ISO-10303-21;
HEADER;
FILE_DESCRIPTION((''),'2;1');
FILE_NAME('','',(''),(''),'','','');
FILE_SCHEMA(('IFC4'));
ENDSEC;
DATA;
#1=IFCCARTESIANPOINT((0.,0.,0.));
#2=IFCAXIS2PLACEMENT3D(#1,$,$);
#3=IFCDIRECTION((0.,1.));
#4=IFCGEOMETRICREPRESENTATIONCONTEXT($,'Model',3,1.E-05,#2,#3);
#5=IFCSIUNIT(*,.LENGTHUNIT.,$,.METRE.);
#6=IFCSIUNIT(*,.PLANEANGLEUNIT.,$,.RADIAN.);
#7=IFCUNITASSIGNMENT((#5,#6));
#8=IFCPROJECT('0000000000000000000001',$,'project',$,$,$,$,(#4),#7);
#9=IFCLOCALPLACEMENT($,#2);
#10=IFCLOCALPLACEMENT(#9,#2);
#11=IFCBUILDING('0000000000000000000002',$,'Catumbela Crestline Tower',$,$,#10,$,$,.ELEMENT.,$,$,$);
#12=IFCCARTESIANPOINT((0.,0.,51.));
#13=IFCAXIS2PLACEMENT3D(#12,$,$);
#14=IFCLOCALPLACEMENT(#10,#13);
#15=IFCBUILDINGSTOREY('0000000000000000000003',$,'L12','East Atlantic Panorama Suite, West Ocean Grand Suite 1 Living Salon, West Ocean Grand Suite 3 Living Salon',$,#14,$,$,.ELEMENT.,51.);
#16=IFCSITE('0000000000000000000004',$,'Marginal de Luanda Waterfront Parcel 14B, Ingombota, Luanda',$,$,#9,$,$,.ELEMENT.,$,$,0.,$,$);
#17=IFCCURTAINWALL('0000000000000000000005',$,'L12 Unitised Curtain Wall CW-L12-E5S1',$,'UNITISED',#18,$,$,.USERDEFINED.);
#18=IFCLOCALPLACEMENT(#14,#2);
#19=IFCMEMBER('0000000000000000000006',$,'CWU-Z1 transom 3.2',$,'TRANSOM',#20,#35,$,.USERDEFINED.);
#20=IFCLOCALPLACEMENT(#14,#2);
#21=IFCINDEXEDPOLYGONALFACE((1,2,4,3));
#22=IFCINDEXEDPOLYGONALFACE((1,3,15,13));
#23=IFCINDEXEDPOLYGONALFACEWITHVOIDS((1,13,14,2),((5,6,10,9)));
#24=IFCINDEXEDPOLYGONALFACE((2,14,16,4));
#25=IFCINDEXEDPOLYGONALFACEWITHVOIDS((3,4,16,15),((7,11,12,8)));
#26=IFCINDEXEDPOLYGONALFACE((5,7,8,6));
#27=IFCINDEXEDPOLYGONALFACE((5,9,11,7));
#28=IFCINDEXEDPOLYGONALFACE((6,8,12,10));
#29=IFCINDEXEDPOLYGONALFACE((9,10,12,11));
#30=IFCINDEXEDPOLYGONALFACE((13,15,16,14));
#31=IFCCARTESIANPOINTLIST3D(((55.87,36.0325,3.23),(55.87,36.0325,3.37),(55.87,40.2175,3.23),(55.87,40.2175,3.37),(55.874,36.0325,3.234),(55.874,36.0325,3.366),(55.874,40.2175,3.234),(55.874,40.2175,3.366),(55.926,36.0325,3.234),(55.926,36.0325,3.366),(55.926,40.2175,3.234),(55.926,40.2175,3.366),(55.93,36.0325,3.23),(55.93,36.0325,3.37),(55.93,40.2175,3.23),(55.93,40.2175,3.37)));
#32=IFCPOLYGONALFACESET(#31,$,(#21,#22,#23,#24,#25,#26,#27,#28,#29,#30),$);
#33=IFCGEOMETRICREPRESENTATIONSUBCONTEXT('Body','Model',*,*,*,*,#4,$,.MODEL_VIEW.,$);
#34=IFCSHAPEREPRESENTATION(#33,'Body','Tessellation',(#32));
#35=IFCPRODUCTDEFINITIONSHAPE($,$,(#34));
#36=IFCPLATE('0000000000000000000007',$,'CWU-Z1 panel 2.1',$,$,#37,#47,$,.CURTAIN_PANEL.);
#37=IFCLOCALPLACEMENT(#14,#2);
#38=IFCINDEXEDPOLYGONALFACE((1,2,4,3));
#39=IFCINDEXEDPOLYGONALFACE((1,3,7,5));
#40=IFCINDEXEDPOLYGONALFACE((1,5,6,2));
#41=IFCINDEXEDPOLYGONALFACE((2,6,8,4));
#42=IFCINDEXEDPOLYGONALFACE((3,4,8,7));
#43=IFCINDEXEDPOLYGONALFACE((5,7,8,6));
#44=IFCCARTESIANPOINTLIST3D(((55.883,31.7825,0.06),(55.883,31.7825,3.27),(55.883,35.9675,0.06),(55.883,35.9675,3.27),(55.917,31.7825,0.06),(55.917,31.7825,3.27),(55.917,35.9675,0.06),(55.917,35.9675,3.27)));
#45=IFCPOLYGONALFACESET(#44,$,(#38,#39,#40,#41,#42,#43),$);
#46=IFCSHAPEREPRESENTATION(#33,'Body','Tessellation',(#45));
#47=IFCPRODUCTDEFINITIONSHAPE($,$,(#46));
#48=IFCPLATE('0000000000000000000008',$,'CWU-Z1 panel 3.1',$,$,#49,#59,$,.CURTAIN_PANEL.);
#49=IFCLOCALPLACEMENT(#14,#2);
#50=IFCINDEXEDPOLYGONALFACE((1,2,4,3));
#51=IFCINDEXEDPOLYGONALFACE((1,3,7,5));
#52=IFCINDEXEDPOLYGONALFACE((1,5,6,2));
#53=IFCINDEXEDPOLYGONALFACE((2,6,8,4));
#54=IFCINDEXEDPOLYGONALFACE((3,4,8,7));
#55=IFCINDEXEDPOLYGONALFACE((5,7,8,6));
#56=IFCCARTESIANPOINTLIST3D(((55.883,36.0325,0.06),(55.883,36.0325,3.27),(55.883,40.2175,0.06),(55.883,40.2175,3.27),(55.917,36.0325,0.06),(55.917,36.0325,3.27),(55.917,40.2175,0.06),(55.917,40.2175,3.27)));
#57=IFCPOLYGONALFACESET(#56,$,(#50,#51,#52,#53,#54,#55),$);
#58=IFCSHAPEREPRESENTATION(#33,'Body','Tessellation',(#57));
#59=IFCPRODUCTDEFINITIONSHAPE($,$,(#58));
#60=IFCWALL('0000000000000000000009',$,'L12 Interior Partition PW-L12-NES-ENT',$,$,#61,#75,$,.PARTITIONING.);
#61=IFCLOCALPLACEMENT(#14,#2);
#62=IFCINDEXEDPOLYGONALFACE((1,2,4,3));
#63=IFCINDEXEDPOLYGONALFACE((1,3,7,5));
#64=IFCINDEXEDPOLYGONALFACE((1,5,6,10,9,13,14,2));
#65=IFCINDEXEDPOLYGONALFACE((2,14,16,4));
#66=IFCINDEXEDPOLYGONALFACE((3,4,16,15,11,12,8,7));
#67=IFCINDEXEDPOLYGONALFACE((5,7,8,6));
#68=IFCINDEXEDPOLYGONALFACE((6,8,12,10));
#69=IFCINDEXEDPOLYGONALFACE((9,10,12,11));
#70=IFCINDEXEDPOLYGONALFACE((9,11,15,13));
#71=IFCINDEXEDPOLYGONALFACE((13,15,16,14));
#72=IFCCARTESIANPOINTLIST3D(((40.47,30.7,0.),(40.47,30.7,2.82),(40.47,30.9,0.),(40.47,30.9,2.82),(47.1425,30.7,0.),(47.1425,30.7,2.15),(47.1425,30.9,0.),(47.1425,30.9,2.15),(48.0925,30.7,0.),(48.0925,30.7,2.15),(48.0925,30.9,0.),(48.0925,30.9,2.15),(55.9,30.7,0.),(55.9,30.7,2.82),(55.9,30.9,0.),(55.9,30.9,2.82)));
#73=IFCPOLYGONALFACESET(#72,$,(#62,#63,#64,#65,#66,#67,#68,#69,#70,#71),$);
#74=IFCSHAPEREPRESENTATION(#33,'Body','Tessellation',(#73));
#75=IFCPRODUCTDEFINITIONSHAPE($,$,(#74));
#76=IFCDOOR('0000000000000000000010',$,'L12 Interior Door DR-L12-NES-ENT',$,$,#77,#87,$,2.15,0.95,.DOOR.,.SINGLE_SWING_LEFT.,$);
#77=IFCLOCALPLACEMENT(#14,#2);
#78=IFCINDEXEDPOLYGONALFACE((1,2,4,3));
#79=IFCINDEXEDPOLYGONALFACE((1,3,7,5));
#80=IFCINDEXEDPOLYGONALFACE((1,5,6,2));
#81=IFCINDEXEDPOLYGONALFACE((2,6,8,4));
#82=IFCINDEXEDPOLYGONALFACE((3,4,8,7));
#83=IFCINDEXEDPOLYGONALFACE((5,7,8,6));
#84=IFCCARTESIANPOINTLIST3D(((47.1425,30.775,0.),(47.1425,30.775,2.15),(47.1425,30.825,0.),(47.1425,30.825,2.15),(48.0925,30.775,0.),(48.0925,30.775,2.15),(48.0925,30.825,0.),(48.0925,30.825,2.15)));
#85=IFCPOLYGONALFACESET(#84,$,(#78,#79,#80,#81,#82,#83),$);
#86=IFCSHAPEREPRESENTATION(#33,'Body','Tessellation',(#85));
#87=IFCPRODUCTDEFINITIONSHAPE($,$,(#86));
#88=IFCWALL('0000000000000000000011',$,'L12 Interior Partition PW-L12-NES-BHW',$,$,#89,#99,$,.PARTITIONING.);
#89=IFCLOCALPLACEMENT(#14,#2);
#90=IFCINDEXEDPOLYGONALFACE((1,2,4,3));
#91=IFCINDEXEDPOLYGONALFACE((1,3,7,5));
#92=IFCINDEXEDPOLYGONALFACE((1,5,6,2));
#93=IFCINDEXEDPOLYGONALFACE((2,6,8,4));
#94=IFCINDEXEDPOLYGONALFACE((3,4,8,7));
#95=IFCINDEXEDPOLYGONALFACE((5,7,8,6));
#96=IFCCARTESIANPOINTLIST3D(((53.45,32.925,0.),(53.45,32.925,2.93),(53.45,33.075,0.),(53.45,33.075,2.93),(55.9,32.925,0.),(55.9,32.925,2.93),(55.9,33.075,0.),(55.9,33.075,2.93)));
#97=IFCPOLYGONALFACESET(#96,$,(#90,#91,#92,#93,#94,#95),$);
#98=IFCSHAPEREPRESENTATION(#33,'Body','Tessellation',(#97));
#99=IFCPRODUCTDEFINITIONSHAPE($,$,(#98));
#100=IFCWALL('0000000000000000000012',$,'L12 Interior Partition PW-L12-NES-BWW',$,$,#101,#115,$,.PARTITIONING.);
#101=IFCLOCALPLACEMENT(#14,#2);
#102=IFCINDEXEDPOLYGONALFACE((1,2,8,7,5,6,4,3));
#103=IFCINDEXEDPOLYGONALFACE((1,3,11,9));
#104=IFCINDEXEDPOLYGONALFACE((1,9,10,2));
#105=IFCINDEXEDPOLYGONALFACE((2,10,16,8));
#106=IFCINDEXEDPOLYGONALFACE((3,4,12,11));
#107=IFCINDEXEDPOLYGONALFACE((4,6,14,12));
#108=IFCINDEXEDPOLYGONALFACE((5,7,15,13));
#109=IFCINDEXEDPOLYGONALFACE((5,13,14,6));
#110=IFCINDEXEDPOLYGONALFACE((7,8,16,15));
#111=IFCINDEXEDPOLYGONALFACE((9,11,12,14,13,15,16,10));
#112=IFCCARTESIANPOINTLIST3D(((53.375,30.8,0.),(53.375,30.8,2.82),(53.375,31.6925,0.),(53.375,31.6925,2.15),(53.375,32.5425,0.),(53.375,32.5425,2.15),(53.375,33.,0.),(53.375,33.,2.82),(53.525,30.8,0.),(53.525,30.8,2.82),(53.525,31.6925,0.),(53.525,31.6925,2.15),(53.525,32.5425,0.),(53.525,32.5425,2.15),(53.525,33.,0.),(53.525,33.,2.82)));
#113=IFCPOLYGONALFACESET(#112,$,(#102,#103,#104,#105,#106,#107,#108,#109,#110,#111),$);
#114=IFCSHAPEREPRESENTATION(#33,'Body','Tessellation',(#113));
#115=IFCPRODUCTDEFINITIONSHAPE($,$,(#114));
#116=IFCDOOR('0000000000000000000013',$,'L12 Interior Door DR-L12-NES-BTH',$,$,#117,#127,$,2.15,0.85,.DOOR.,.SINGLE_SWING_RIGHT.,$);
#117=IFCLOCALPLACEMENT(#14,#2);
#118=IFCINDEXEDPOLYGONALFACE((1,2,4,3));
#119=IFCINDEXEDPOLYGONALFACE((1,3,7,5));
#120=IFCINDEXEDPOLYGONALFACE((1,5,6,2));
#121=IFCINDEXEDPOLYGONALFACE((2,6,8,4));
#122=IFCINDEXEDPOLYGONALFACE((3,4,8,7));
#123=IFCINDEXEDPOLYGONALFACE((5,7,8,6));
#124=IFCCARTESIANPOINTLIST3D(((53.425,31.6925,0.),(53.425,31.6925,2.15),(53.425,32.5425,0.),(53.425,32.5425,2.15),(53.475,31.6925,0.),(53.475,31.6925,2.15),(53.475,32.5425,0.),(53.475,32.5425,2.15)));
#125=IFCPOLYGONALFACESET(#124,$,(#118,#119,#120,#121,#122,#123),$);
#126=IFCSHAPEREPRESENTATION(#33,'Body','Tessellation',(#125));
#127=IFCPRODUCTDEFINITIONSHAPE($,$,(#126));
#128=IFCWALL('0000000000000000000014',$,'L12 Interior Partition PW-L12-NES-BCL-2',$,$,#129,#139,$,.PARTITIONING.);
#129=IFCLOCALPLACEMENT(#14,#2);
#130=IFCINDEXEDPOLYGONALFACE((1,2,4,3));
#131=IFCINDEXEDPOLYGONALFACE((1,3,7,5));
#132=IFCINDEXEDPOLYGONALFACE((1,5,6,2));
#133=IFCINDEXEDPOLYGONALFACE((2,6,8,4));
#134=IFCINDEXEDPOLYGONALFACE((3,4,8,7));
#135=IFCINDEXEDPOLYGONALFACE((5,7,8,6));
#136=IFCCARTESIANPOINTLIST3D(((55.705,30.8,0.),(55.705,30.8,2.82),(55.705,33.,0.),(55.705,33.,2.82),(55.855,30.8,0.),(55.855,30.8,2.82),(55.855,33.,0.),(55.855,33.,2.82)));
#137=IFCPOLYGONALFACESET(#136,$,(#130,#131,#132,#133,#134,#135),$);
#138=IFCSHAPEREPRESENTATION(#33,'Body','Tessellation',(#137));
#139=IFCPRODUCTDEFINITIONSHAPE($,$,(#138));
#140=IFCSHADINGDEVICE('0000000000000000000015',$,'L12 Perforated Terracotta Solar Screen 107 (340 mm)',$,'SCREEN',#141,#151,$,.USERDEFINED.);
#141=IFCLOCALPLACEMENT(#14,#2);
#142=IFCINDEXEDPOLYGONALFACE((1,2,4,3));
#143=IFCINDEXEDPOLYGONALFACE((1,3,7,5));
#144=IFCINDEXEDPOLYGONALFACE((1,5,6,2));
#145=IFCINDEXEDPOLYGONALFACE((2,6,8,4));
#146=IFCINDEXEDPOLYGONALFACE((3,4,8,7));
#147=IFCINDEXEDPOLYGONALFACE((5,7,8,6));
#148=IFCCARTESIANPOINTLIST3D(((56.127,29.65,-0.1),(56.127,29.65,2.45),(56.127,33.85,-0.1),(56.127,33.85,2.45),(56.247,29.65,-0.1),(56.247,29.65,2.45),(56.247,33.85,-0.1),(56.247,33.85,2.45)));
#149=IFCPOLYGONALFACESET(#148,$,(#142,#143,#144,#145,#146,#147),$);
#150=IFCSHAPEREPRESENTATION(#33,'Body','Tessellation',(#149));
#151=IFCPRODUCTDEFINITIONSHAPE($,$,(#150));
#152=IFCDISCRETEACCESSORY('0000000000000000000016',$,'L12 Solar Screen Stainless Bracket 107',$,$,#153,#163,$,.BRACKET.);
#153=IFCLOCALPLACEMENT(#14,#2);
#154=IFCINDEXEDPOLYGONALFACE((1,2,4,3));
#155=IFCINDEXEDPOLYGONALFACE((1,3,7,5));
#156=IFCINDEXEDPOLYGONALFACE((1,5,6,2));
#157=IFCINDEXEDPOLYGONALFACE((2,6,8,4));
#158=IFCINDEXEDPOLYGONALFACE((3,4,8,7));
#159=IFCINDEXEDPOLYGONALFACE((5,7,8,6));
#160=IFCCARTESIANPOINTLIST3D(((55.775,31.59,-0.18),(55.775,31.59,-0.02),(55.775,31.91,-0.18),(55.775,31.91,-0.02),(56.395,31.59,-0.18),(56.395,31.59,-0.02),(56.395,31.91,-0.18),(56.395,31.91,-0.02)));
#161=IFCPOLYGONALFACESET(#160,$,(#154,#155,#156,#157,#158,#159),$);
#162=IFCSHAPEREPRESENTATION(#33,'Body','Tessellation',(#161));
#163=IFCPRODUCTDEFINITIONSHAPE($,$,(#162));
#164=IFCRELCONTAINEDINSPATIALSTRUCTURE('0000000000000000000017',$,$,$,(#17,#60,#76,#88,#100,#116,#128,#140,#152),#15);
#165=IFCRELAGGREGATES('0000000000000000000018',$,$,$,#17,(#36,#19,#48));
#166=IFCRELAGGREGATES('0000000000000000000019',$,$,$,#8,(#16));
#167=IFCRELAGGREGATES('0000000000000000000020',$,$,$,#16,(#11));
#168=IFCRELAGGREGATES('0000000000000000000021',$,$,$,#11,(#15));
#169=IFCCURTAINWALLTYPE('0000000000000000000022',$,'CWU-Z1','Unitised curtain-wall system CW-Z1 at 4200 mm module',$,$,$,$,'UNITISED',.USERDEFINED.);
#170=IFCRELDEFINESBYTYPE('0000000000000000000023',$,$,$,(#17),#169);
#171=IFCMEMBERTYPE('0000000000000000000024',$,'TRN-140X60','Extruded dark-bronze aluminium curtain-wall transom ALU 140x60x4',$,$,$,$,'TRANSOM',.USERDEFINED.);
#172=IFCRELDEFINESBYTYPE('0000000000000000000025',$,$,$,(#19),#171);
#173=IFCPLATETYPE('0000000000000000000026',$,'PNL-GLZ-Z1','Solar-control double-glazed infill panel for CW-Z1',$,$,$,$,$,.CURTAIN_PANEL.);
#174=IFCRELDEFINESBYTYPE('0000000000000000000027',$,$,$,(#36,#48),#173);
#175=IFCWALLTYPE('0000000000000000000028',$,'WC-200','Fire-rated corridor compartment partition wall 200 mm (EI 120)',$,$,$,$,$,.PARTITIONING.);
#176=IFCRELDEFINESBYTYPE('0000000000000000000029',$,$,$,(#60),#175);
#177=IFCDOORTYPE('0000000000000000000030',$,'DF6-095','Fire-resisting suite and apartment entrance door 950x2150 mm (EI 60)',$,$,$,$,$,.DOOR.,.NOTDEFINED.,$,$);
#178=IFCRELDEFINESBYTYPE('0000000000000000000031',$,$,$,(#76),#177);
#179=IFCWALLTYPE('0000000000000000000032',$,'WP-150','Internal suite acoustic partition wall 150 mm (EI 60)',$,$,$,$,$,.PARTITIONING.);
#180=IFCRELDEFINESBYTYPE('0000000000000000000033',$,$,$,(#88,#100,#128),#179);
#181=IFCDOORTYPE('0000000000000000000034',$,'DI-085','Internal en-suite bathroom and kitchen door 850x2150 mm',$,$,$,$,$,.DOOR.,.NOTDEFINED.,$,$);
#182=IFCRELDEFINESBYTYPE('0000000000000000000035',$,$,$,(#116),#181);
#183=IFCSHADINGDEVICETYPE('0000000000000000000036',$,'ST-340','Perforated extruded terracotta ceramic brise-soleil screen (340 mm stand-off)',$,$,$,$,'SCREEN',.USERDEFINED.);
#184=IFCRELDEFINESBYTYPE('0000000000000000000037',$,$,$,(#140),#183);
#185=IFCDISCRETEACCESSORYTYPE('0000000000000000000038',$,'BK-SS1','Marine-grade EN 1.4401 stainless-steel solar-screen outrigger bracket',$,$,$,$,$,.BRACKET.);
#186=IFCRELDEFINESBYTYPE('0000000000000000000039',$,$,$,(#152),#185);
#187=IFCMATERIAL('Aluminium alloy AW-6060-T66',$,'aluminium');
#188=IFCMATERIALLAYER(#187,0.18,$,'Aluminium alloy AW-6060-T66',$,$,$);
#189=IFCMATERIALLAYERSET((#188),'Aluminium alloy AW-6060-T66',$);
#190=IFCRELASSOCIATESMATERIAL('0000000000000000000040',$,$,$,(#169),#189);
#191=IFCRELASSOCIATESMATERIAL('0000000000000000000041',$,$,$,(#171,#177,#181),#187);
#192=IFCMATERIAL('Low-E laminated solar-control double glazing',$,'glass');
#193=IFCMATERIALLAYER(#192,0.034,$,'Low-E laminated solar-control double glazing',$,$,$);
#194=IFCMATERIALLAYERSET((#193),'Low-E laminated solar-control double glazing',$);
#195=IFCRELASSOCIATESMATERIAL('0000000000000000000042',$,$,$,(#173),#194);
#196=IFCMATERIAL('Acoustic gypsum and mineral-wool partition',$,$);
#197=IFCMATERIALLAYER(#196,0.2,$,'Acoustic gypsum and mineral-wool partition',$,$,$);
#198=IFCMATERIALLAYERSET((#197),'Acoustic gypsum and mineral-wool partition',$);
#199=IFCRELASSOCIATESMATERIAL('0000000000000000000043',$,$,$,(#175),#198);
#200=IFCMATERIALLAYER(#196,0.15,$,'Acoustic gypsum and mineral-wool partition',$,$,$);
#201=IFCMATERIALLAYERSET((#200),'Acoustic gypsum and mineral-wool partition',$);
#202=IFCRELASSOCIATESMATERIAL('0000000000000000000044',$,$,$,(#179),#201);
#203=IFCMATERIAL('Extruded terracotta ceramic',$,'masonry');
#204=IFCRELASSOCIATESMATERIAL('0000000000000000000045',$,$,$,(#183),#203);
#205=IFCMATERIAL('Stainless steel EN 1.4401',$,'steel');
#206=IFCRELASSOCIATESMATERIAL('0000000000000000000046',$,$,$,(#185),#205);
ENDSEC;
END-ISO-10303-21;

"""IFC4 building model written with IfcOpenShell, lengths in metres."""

from ifc_helpers import new_model, si_unit, direction, frame, frame_2d, origin, origin_2d, place, context, subcontext, project, spatial, rectangle, hollow_rectangle, extrude, material, layer, layer_set, material_profile, profile_set, type_object, element, fill, aggregate, save


model = new_model("IFC4")

# Units and contexts
model_context = context("Model", 3, precision=1e-05, world=origin(), true_north=direction((0.0, 1.0)))
body_context = subcontext(model_context, "Body", "Model", "MODEL_VIEW")
ifc_project = project(units=[si_unit("LENGTHUNIT", "METRE"), si_unit("PLANEANGLEUNIT", "RADIAN")], contexts=[model_context])

# Site, building, storey
site_placement = place(None, origin())
site = spatial("IfcSite", under=ifc_project, at=site_placement, Name="Marginal de Luanda Waterfront Parcel 14B, Ingombota, Luanda", CompositionType="ELEMENT", RefElevation=0.0)
building_placement = place(site_placement, origin())
building = spatial("IfcBuilding", under=site, at=building_placement, Name="Catumbela Crestline Tower", CompositionType="ELEMENT")
storey_placement = place(building_placement, frame((0.0, 0.0, 51.0)))
storey = spatial("IfcBuildingStorey", under=building, at=storey_placement, Name="L12", Description="East Atlantic Panorama Suite, West Ocean Grand Suite 1 Living Salon, West Ocean Grand Suite 3 Living Salon", CompositionType="ELEMENT", Elevation=51.0)

# Curtain wall
ifc_material_1 = material(Name="Aluminium alloy AW-6060-T66", Category="aluminium")
ifc_layer_1 = layer(ifc_material_1, 0.18, Name="Aluminium alloy AW-6060-T66")
ifc_layer_set_1 = layer_set([ifc_layer_1], Name="Aluminium alloy AW-6060-T66")
curtain_wall_type = type_object("IfcCurtainWallType", Name="CWU-Z1", Description="Unitised curtain-wall system CW-Z1 at 4200 mm module", ElementType="UNITISED", PredefinedType="USERDEFINED", material=ifc_layer_set_1)
curtain_wall_placement = place(storey_placement, origin())
curtain_wall = element("IfcCurtainWall", 1, at=curtain_wall_placement, inside=storey, type_object=curtain_wall_type, Name="L12 Unitised Curtain Wall CW-L12-E5S1", ObjectType="UNITISED", PredefinedType="USERDEFINED")

# Member
ifc_material_profile_1 = material_profile(ifc_material_1, hollow_rectangle(XDim=0.06, YDim=0.14, WallThickness=0.004, at=origin_2d()), Name="ALU 140x60x4")
ifc_profile_set_1 = profile_set([ifc_material_profile_1], Name="Aluminium alloy AW-6060-T66")
member_type_1 = type_object("IfcMemberType", Name="TRN-140X60", Description="Extruded dark-bronze aluminium curtain-wall transom ALU 140x60x4", ElementType="TRANSOM", PredefinedType="USERDEFINED", material=ifc_profile_set_1)
member_1_placement = place(storey_placement, frame((55.9, 36.0325, 3.3), z_axis=(0.0, 1.0, 0.0), x_axis=(-1.0, 0.0, 0.0)))
member_1 = element("IfcMember", 2, at=member_1_placement, type_object=member_type_1, Name="CWU-Z1 transom 3.2", ObjectType="TRANSOM", PredefinedType="USERDEFINED", context=body_context, shape_type="SweptSolid", body=[
    extrude(hollow_rectangle(XDim=0.06, YDim=0.14, WallThickness=0.004, at=origin_2d()), origin(), (0.0, 0.0, 1.0), 4.185),
])

# Plates
ifc_material_2 = material(Name="Low-E laminated solar-control double glazing", Category="glass")
ifc_layer_2 = layer(ifc_material_2, 0.034, Name="Low-E laminated solar-control double glazing")
ifc_layer_set_2 = layer_set([ifc_layer_2], Name="Low-E laminated solar-control double glazing")
plate_type = type_object("IfcPlateType", Name="PNL-GLZ-Z1", Description="Solar-control double-glazed infill panel for CW-Z1", PredefinedType="CURTAIN_PANEL", material=ifc_layer_set_2)
plate_1_placement = place(storey_placement, frame((55.9, 33.875, 0.06), z_axis=(0.0, 0.0, 1.0), x_axis=(0.0, 1.0, 0.0)))
plate_1 = element("IfcPlate", 3, at=plate_1_placement, type_object=plate_type, Name="CWU-Z1 panel 2.1", PredefinedType="CURTAIN_PANEL", context=body_context, shape_type="SweptSolid", body=[
    extrude(rectangle(XDim=4.185, YDim=0.034, at=origin_2d()), origin(), (0.0, 0.0, 1.0), 3.21),
])
plate_2_placement = place(storey_placement, frame((55.9, 38.125, 0.06), z_axis=(0.0, 0.0, 1.0), x_axis=(0.0, 1.0, 0.0)))
plate_2 = element("IfcPlate", 4, at=plate_2_placement, type_object=plate_type, Name="CWU-Z1 panel 3.1", PredefinedType="CURTAIN_PANEL", context=body_context, shape_type="SweptSolid", body=[
    extrude(rectangle(XDim=4.185, YDim=0.034, at=origin_2d()), origin(), (0.0, 0.0, 1.0), 3.21),
])
aggregate(curtain_wall, [plate_1, member_1, plate_2])

# Wall, opening, door
ifc_material_3 = material(Name="Acoustic gypsum and mineral-wool partition")
ifc_layer_3 = layer(ifc_material_3, 0.2, Name="Acoustic gypsum and mineral-wool partition")
ifc_layer_set_3 = layer_set([ifc_layer_3], Name="Acoustic gypsum and mineral-wool partition")
wall_type_1 = type_object("IfcWallType", Name="WC-200", Description="Fire-rated corridor compartment partition wall 200 mm (EI 120)", PredefinedType="PARTITIONING", material=ifc_layer_set_3)
wall_1_placement = place(storey_placement, frame((40.47, 30.8, 0.0), z_axis=(0.0, 0.0, 1.0), x_axis=(1.0, 0.0, 0.0)))
wall_1 = element("IfcWall", 5, at=wall_1_placement, inside=storey, type_object=wall_type_1, Name="L12 Interior Partition PW-L12-NES-ENT", PredefinedType="PARTITIONING", context=body_context, shape_type="SweptSolid", body=[
    extrude(rectangle(XDim=15.43, YDim=0.2, at=frame_2d((7.715, 0.0))), origin(), (0.0, 0.0, 1.0), 2.82),
])
opening_1_placement = place(wall_1_placement, frame((6.6725, 0.0, 0.0)))
opening_1 = element("IfcOpeningElement", 6, at=opening_1_placement, cuts=wall_1, PredefinedType="OPENING", context=body_context, shape_type="SweptSolid", body=[
    extrude(rectangle(XDim=0.95, YDim=2.15, at=frame_2d((0.475, 1.075))), frame((0.0, 0.11, 0.0), z_axis=(0.0, -1.0, 0.0), x_axis=(1.0, 0.0, 0.0)), (0.0, 0.0, 1.0), 0.22),
])
door_type_1 = type_object("IfcDoorType", Name="DF6-095", Description="Fire-resisting suite and apartment entrance door 950x2150 mm (EI 60)", OperationType="NOTDEFINED", PredefinedType="DOOR", material=ifc_material_1)
door_1_placement = place(opening_1_placement, origin())
door_1 = element("IfcDoor", 7, at=door_1_placement, inside=storey, type_object=door_type_1, Name="L12 Interior Door DR-L12-NES-ENT", OperationType="SINGLE_SWING_LEFT", OverallHeight=2.15, OverallWidth=0.95, PredefinedType="DOOR", context=body_context, shape_type="SweptSolid", body=[
    extrude(rectangle(XDim=0.95, YDim=2.15, at=frame_2d((0.475, 1.075))), frame((0.0, 0.025, 0.0), z_axis=(0.0, -1.0, 0.0), x_axis=(1.0, 0.0, 0.0)), (0.0, 0.0, 1.0), 0.05),
])
fill(opening_1, door_1)

# Wall
ifc_layer_4 = layer(ifc_material_3, 0.15, Name="Acoustic gypsum and mineral-wool partition")
ifc_layer_set_4 = layer_set([ifc_layer_4], Name="Acoustic gypsum and mineral-wool partition")
wall_type_2 = type_object("IfcWallType", Name="WP-150", Description="Internal suite acoustic partition wall 150 mm (EI 60)", PredefinedType="PARTITIONING", material=ifc_layer_set_4)
wall_2_placement = place(storey_placement, frame((53.45, 33.0, 0.0), z_axis=(0.0, 0.0, 1.0), x_axis=(1.0, 0.0, 0.0)))
element("IfcWall", 8, at=wall_2_placement, inside=storey, type_object=wall_type_2, Name="L12 Interior Partition PW-L12-NES-BHW", PredefinedType="PARTITIONING", context=body_context, shape_type="SweptSolid", body=[
    extrude(rectangle(XDim=2.45, YDim=0.15, at=frame_2d((1.225, 0.0))), origin(), (0.0, 0.0, 1.0), 2.93),
])

# Wall, opening, door
wall_3_placement = place(storey_placement, frame((53.45, 30.8, 0.0), z_axis=(0.0, 0.0, 1.0), x_axis=(0.0, 1.0, 0.0)))
wall_3 = element("IfcWall", 9, at=wall_3_placement, inside=storey, type_object=wall_type_2, Name="L12 Interior Partition PW-L12-NES-BWW", PredefinedType="PARTITIONING", context=body_context, shape_type="SweptSolid", body=[
    extrude(rectangle(XDim=2.2, YDim=0.15, at=frame_2d((1.1, 0.0))), origin(), (0.0, 0.0, 1.0), 2.82),
])
opening_2_placement = place(wall_3_placement, frame((0.8925, 0.0, 0.0)))
opening_2 = element("IfcOpeningElement", 10, at=opening_2_placement, cuts=wall_3, PredefinedType="OPENING", context=body_context, shape_type="SweptSolid", body=[
    extrude(rectangle(XDim=0.85, YDim=2.15, at=frame_2d((0.425, 1.075))), frame((0.0, 0.085, 0.0), z_axis=(0.0, -1.0, 0.0), x_axis=(1.0, 0.0, 0.0)), (0.0, 0.0, 1.0), 0.17),
])
door_type_2 = type_object("IfcDoorType", Name="DI-085", Description="Internal en-suite bathroom and kitchen door 850x2150 mm", OperationType="NOTDEFINED", PredefinedType="DOOR", material=ifc_material_1)
door_2_placement = place(opening_2_placement, origin())
door_2 = element("IfcDoor", 11, at=door_2_placement, inside=storey, type_object=door_type_2, Name="L12 Interior Door DR-L12-NES-BTH", OperationType="SINGLE_SWING_RIGHT", OverallHeight=2.15, OverallWidth=0.85, PredefinedType="DOOR", context=body_context, shape_type="SweptSolid", body=[
    extrude(rectangle(XDim=0.85, YDim=2.15, at=frame_2d((0.425, 1.075))), frame((0.0, 0.025, 0.0), z_axis=(0.0, -1.0, 0.0), x_axis=(1.0, 0.0, 0.0)), (0.0, 0.0, 1.0), 0.05),
])
fill(opening_2, door_2)

# Wall
wall_4_placement = place(storey_placement, frame((55.78, 33.0, 0.0), z_axis=(0.0, 0.0, 1.0), x_axis=(0.0, -1.0, 0.0)))
element("IfcWall", 12, at=wall_4_placement, inside=storey, type_object=wall_type_2, Name="L12 Interior Partition PW-L12-NES-BCL-2", PredefinedType="PARTITIONING", context=body_context, shape_type="SweptSolid", body=[
    extrude(rectangle(XDim=2.2, YDim=0.15, at=frame_2d((1.1, 0.0))), origin(), (0.0, 0.0, 1.0), 2.82),
])

# Shading device
ifc_material_4 = material(Name="Extruded terracotta ceramic", Category="masonry")
shading_device_type = type_object("IfcShadingDeviceType", Name="ST-340", Description="Perforated extruded terracotta ceramic brise-soleil screen (340 mm stand-off)", ElementType="SCREEN", PredefinedType="USERDEFINED", material=ifc_material_4)
shading_device_placement = place(storey_placement, frame((56.187, 31.75, -0.1), z_axis=(0.0, 0.0, 1.0), x_axis=(0.0, 1.0, 0.0)))
element("IfcShadingDevice", 13, at=shading_device_placement, inside=storey, type_object=shading_device_type, Name="L12 Perforated Terracotta Solar Screen 107 (340 mm)", ObjectType="SCREEN", PredefinedType="USERDEFINED", context=body_context, shape_type="SweptSolid", body=[
    extrude(rectangle(XDim=4.2, YDim=0.12, at=origin_2d()), origin(), (0.0, 0.0, 1.0), 2.55),
])

# Discrete accessory
ifc_material_5 = material(Name="Stainless steel EN 1.4401", Category="steel")
discrete_accessory_type = type_object("IfcDiscreteAccessoryType", Name="BK-SS1", Description="Marine-grade EN 1.4401 stainless-steel solar-screen outrigger bracket", PredefinedType="BRACKET", material=ifc_material_5)
discrete_accessory_placement = place(storey_placement, frame((56.085, 31.75, -0.18), z_axis=(0.0, 0.0, 1.0), x_axis=(0.0, 1.0, 0.0)))
element("IfcDiscreteAccessory", 14, at=discrete_accessory_placement, inside=storey, type_object=discrete_accessory_type, Name="L12 Solar Screen Stainless Bracket 107", PredefinedType="BRACKET", context=body_context, shape_type="SweptSolid", body=[
    extrude(rectangle(XDim=0.32, YDim=0.62, at=origin_2d()), origin(), (0.0, 0.0, 1.0), 0.16),
])

save(model, "model.ifc")
